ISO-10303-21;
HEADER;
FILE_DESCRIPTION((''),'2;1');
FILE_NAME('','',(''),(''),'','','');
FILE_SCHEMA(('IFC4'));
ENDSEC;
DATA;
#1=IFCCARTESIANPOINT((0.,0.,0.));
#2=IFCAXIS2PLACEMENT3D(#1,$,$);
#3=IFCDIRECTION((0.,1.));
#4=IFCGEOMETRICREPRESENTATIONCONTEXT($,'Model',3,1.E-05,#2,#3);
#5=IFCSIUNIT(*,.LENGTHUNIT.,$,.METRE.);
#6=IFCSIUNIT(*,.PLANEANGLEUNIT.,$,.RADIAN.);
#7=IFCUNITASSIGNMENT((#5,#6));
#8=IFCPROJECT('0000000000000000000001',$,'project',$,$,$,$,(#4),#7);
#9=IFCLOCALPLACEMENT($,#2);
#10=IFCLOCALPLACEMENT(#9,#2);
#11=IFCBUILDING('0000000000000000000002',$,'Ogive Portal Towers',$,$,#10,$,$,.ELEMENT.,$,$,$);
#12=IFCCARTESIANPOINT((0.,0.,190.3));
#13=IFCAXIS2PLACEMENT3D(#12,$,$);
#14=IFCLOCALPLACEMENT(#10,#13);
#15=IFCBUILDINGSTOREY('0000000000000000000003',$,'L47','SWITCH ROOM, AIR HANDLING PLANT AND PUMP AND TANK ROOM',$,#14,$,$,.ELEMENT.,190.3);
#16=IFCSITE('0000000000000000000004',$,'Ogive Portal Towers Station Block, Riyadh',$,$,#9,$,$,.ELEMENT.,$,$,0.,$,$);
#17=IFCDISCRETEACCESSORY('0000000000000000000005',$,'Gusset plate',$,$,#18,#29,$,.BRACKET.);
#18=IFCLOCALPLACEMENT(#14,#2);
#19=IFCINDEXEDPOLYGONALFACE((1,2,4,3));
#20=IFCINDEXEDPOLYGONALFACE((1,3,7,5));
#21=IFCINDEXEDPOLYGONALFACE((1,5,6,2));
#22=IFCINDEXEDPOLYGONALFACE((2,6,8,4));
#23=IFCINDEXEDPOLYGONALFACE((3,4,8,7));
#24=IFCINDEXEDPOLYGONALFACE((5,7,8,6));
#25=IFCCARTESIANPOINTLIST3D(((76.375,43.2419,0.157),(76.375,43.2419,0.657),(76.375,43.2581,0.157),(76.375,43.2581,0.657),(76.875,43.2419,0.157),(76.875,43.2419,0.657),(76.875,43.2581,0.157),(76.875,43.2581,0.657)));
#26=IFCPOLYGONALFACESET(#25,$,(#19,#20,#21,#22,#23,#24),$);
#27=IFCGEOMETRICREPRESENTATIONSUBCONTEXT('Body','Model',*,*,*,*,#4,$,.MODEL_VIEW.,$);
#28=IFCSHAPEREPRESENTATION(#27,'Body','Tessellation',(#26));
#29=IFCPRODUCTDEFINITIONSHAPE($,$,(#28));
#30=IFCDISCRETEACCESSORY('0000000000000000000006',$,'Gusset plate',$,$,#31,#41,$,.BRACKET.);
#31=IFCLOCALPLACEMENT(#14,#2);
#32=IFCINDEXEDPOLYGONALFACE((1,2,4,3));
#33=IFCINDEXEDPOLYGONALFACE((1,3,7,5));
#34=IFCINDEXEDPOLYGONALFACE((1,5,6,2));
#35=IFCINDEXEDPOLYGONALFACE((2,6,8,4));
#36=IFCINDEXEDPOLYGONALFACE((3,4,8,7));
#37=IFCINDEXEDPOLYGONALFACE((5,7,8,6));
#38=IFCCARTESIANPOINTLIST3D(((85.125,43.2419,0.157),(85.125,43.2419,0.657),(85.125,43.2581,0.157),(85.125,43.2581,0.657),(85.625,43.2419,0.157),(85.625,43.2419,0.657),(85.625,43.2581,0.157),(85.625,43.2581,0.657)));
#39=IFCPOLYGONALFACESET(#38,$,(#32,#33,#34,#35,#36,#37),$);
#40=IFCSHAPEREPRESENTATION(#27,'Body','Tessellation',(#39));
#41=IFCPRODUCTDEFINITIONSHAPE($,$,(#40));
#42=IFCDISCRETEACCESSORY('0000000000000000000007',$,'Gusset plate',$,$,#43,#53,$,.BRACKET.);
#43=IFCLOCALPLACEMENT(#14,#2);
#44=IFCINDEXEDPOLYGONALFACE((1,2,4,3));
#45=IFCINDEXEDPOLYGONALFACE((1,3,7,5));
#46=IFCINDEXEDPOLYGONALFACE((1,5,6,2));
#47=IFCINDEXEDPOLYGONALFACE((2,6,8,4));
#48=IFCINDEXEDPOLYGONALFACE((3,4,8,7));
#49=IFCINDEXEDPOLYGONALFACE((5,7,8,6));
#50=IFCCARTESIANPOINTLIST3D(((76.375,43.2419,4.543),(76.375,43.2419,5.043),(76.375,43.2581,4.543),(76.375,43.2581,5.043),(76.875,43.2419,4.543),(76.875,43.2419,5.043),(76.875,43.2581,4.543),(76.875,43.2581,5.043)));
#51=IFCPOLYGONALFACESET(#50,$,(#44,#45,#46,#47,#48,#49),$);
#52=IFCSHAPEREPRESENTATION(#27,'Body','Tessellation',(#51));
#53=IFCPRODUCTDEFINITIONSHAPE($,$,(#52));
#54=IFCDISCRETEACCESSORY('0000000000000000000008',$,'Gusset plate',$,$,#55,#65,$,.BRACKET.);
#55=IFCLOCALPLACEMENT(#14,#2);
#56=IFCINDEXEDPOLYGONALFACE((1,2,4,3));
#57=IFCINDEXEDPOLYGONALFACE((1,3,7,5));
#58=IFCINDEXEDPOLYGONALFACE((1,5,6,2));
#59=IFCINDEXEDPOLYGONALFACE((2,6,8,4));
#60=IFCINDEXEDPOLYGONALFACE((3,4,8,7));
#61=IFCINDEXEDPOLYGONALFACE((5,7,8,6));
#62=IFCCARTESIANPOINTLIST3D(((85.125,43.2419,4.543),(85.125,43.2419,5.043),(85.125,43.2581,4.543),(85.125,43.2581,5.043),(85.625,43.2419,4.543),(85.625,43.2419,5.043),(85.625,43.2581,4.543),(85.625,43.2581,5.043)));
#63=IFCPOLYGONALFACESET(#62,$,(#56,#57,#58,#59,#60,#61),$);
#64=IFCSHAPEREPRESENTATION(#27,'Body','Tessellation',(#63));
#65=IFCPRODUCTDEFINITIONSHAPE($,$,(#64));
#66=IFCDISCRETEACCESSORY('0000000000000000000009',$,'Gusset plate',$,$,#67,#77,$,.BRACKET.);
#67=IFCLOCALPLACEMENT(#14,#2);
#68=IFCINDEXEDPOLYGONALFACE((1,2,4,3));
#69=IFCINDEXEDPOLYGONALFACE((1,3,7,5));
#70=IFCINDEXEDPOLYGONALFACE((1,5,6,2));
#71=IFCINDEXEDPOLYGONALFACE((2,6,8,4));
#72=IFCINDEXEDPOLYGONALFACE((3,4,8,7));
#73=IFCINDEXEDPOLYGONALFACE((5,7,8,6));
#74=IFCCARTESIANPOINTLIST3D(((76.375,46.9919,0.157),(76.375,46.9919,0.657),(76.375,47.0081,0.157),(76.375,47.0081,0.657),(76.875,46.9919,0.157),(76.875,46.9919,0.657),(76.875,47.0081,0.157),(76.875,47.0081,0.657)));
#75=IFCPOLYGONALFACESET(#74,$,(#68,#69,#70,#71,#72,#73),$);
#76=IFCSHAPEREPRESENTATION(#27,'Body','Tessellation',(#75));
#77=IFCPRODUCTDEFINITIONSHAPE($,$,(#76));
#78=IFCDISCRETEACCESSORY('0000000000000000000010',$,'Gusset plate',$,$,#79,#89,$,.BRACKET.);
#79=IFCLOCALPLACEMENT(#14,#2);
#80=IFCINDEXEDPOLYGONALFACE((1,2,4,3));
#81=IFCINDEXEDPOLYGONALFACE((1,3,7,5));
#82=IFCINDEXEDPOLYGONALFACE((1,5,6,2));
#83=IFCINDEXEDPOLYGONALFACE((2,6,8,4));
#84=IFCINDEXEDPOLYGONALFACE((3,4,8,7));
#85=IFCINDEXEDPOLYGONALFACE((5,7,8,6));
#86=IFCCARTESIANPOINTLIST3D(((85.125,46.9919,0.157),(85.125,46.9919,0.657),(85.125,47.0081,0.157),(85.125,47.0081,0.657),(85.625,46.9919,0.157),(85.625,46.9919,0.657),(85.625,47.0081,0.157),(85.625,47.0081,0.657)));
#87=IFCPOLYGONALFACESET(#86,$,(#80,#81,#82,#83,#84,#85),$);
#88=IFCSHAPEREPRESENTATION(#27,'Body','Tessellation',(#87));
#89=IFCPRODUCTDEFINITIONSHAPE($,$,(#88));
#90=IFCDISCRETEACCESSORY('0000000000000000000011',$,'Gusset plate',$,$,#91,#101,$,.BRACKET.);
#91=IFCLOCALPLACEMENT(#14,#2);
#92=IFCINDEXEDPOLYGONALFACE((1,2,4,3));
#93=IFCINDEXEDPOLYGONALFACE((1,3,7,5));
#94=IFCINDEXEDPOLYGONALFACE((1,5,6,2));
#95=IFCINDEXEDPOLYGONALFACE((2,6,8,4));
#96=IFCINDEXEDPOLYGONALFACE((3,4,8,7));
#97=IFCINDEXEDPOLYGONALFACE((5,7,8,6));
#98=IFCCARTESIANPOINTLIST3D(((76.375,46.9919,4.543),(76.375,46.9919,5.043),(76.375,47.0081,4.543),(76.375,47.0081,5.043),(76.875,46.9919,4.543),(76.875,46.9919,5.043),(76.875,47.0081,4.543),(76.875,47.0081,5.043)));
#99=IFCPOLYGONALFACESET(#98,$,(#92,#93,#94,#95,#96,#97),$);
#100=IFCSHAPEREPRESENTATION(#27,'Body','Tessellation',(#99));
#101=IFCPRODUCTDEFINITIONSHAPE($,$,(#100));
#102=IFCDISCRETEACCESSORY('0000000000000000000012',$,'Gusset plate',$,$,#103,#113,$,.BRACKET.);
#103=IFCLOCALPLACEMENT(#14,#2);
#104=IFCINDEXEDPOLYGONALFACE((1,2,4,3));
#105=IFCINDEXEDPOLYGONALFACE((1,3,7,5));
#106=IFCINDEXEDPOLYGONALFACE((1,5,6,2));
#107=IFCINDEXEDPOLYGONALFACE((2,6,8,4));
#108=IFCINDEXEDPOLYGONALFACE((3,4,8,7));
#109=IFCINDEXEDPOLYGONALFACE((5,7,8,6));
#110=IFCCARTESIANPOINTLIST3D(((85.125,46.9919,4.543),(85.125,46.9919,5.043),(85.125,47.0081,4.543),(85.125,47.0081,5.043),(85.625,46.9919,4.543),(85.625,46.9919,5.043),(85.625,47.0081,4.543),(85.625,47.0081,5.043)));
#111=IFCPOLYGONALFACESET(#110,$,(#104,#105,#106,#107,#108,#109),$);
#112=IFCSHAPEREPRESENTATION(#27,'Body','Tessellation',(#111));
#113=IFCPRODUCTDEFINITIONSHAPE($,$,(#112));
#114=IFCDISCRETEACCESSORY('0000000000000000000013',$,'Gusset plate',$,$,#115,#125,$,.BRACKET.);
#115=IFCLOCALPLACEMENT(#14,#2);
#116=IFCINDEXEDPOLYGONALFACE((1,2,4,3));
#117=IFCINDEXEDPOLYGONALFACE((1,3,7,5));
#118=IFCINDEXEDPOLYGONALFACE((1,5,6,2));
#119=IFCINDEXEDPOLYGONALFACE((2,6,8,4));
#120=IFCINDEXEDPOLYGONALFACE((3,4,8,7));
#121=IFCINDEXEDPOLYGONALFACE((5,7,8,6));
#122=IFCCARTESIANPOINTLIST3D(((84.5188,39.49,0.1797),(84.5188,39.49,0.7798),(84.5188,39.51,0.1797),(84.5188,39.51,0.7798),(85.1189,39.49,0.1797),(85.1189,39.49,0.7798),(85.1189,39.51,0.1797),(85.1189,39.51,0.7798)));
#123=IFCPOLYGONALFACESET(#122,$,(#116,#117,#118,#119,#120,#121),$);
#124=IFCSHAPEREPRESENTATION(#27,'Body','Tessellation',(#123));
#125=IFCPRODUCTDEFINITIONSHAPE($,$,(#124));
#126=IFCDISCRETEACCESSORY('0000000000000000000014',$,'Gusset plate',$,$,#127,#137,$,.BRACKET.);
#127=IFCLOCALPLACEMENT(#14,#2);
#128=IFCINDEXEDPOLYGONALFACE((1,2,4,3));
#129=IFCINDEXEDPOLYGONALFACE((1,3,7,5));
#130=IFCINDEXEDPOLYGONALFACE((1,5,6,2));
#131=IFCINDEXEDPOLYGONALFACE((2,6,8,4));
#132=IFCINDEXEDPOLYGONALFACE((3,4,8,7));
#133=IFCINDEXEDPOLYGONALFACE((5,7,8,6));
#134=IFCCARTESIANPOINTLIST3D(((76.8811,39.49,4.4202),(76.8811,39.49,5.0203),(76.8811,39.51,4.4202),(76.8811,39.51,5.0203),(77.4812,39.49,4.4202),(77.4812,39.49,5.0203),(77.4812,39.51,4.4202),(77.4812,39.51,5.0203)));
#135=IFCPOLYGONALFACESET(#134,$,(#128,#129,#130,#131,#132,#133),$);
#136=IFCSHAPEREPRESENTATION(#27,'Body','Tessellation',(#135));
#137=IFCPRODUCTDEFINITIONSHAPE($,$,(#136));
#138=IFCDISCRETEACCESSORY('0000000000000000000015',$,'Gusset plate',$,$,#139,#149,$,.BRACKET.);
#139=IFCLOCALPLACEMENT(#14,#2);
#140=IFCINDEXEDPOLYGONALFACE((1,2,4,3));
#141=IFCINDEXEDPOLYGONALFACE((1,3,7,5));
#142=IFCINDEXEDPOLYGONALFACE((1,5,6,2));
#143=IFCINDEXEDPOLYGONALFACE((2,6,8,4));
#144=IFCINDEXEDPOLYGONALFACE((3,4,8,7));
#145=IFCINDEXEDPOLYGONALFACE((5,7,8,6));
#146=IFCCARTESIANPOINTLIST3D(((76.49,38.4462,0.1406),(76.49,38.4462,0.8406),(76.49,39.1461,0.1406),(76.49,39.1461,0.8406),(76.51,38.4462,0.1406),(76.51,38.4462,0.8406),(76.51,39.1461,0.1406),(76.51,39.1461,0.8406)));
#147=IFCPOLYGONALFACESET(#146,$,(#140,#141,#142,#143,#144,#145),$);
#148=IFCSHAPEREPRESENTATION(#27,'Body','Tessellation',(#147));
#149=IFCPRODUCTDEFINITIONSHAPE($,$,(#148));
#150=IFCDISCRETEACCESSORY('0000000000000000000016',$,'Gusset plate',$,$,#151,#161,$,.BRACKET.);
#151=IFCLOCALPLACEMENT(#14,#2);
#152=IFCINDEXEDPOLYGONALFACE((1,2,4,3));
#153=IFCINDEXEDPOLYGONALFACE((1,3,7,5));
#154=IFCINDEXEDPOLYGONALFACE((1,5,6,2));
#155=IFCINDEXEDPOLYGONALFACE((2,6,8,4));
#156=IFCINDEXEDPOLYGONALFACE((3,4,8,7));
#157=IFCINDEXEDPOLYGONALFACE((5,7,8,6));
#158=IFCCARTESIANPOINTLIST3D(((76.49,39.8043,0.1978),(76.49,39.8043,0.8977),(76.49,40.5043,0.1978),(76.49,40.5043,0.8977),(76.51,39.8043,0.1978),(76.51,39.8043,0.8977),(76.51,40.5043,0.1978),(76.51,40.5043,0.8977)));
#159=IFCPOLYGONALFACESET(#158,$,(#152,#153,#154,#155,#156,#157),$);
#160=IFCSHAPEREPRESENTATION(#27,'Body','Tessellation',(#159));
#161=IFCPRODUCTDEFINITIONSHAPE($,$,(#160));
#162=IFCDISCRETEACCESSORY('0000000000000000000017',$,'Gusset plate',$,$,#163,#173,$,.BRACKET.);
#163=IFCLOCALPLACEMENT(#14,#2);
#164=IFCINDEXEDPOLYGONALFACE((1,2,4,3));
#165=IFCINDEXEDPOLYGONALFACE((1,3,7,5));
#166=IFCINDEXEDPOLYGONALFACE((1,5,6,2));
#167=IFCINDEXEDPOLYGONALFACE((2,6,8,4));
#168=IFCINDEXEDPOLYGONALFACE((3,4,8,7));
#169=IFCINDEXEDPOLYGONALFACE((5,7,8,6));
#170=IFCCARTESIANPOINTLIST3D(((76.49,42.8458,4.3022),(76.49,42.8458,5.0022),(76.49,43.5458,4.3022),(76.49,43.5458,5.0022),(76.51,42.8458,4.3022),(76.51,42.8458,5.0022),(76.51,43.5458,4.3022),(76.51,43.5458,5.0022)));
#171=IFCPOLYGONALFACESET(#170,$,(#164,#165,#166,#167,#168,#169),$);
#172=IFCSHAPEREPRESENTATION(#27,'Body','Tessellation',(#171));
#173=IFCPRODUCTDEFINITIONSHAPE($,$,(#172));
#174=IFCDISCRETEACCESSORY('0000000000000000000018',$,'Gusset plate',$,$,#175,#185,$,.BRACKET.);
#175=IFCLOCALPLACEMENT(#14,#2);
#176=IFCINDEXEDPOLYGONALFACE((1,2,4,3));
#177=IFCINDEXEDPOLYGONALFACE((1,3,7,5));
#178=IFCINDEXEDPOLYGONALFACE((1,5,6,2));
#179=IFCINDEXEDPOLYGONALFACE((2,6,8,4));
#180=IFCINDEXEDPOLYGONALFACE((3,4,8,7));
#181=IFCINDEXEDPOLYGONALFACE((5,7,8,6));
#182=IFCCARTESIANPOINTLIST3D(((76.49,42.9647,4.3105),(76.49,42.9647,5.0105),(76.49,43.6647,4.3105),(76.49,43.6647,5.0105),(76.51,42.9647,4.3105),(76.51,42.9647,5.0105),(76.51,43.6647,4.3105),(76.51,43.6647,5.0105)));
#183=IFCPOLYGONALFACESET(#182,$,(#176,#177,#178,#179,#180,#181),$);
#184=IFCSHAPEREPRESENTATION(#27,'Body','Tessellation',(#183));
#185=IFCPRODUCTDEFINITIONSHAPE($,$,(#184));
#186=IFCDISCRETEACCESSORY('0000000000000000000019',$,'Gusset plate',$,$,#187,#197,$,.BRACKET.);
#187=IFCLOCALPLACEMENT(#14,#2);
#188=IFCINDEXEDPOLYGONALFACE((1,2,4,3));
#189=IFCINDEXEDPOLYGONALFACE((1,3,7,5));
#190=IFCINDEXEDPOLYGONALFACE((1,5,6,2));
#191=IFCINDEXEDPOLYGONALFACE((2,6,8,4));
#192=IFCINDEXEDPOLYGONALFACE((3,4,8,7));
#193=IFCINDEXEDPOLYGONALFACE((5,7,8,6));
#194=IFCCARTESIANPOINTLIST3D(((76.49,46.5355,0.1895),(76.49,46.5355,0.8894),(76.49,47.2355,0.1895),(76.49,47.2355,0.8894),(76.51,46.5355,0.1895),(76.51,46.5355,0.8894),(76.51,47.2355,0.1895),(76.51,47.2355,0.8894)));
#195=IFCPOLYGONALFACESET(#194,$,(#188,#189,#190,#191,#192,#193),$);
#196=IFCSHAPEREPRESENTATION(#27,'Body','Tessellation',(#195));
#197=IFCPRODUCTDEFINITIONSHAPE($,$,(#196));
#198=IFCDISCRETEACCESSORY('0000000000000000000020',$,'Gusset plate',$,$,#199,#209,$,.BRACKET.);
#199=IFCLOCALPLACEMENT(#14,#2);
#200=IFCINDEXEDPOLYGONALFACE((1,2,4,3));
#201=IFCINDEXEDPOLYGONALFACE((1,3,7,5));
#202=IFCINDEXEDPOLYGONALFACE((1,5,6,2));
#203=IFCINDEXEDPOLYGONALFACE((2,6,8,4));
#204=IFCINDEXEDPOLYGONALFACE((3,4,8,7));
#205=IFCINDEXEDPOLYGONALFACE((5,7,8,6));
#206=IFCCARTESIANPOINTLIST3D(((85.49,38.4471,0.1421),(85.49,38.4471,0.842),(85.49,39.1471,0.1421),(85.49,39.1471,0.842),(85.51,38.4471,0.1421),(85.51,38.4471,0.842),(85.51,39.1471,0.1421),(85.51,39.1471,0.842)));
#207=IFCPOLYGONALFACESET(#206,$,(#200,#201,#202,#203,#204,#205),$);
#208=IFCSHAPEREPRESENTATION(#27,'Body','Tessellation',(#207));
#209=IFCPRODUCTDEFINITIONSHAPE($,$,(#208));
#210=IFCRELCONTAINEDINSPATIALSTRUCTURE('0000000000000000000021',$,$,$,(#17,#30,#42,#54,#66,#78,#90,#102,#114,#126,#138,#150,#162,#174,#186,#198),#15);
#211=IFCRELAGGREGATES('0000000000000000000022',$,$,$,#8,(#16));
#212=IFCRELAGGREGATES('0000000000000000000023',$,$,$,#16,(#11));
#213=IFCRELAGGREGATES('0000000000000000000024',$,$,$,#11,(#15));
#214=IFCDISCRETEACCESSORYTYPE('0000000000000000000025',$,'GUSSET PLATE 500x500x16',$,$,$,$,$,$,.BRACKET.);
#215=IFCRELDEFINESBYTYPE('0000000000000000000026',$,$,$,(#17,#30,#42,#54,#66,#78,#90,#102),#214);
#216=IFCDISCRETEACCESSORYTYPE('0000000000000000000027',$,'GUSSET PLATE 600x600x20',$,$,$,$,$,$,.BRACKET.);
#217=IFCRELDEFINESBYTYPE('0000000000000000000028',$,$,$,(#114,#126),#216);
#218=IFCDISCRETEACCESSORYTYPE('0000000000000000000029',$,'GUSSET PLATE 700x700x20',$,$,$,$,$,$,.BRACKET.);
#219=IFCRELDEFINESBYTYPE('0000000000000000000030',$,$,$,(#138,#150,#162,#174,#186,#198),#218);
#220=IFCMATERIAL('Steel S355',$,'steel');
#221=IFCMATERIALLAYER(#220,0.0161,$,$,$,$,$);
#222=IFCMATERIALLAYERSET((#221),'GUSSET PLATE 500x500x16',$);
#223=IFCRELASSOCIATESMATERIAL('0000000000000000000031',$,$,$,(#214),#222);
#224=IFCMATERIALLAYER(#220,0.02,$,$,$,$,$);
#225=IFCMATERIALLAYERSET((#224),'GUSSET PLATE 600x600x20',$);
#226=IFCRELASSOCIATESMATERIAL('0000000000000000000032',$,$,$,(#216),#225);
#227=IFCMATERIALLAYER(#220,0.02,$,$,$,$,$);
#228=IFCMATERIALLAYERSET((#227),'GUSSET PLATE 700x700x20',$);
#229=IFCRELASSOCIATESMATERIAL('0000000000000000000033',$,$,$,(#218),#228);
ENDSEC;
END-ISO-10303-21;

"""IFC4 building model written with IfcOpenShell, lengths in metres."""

from ifc_helpers import new_model, si_unit, direction, frame, origin, origin_2d, place, context, subcontext, project, spatial, rectangle, extrude, material, layer, layer_set, type_object, element, save


model = new_model("IFC4")

# Units and contexts
model_context = context("Model", 3, precision=1e-05, world=origin(), true_north=direction((0.0, 1.0)))
body_context = subcontext(model_context, "Body", "Model", "MODEL_VIEW")
ifc_project = project(units=[si_unit("LENGTHUNIT", "METRE"), si_unit("PLANEANGLEUNIT", "RADIAN")], contexts=[model_context])

# Site, building, storey
site_placement = place(None, origin())
site = spatial("IfcSite", under=ifc_project, at=site_placement, Name="Ogive Portal Towers Station Block, Riyadh", CompositionType="ELEMENT", RefElevation=0.0)
building_placement = place(site_placement, origin())
building = spatial("IfcBuilding", under=site, at=building_placement, Name="Ogive Portal Towers", CompositionType="ELEMENT")
storey_placement = place(building_placement, frame((0.0, 0.0, 190.3)))
storey = spatial("IfcBuildingStorey", under=building, at=storey_placement, Name="L47", Description="SWITCH ROOM, AIR HANDLING PLANT AND PUMP AND TANK ROOM", CompositionType="ELEMENT", Elevation=190.3)

# Shared definitions
ifc_material_1 = material(Name="Steel S355", Category="steel")

# Discrete accessories
ifc_layer_1 = layer(ifc_material_1, 0.0161)
ifc_layer_set_1 = layer_set([ifc_layer_1], Name="GUSSET PLATE 500x500x16")
discrete_accessory_type_1 = type_object("IfcDiscreteAccessoryType", Name="GUSSET PLATE 500x500x16", PredefinedType="BRACKET", material=ifc_layer_set_1)
for number, where, z_axis, x_axis, name in (
    (1, (76.625, 43.25, 0.157), (0.0, 0.0, 1.0), (1.0, 0.0, 0.0), "Gusset plate"),
    (2, (85.375, 43.25, 0.157), (0.0, 0.0, 1.0), (1.0, 0.0, 0.0), "Gusset plate"),
    (3, (76.625, 43.25, 4.543), (0.0, 0.0, 1.0), (1.0, 0.0, 0.0), "Gusset plate"),
    (4, (85.375, 43.25, 4.543), (0.0, 0.0, 1.0), (1.0, 0.0, 0.0), "Gusset plate"),
    (5, (76.625, 47.0, 0.157), (0.0, 0.0, 1.0), (1.0, 0.0, 0.0), "Gusset plate"),
    (6, (85.375, 47.0, 0.157), (0.0, 0.0, 1.0), (1.0, 0.0, 0.0), "Gusset plate"),
    (7, (76.625, 47.0, 4.543), (0.0, 0.0, 1.0), (1.0, 0.0, 0.0), "Gusset plate"),
    (8, (85.375, 47.0, 4.543), (0.0, 0.0, 1.0), (1.0, 0.0, 0.0), "Gusset plate"),
):
    element("IfcDiscreteAccessory", number, at=place(storey_placement, frame(where, z_axis=z_axis, x_axis=x_axis)), inside=storey, type_object=discrete_accessory_type_1, Name=name, PredefinedType="BRACKET", context=body_context, shape_type="SweptSolid", body=[
        extrude(rectangle(XDim=0.5, YDim=0.0161, at=origin_2d()), origin(), (0.0, 0.0, 1.0), 0.5),
    ])
ifc_layer_2 = layer(ifc_material_1, 0.02)
ifc_layer_set_2 = layer_set([ifc_layer_2], Name="GUSSET PLATE 600x600x20")
discrete_accessory_type_2 = type_object("IfcDiscreteAccessoryType", Name="GUSSET PLATE 600x600x20", PredefinedType="BRACKET", material=ifc_layer_set_2)
for number, where, z_axis, x_axis, name in (
    (9, (84.8188, 39.5, 0.1797), (0.0, 0.0, 1.0), (-1.0, 0.0, 0.0), "Gusset plate"),
    (10, (77.1812, 39.5, 4.4202), (0.0, 0.0, 1.0), (-1.0, 0.0, 0.0), "Gusset plate"),
):
    element("IfcDiscreteAccessory", number, at=place(storey_placement, frame(where, z_axis=z_axis, x_axis=x_axis)), inside=storey, type_object=discrete_accessory_type_2, Name=name, PredefinedType="BRACKET", context=body_context, shape_type="SweptSolid", body=[
        extrude(rectangle(XDim=0.6001, YDim=0.02, at=origin_2d()), origin(), (0.0, 0.0, 1.0), 0.6001),
    ])
ifc_layer_3 = layer(ifc_material_1, 0.02)
ifc_layer_set_3 = layer_set([ifc_layer_3], Name="GUSSET PLATE 700x700x20")
discrete_accessory_type_3 = type_object("IfcDiscreteAccessoryType", Name="GUSSET PLATE 700x700x20", PredefinedType="BRACKET", material=ifc_layer_set_3)
for number, where, z_axis, x_axis, name in (
    (11, (76.5, 38.7961, 0.1406), (0.0, 0.0, 1.0), (0.0, 1.0, 0.0), "Gusset plate"),
    (12, (76.5, 40.1543, 0.1978), (0.0, 0.0, 1.0), (0.0, 1.0, 0.0), "Gusset plate"),
    (13, (76.5, 43.1958, 4.3022), (0.0, 0.0, 1.0), (0.0, 1.0, 0.0), "Gusset plate"),
    (14, (76.5, 43.3147, 4.3105), (0.0, 0.0, 1.0), (0.0, 1.0, 0.0), "Gusset plate"),
    (15, (76.5, 46.8855, 0.1895), (0.0, 0.0, 1.0), (0.0, 1.0, 0.0), "Gusset plate"),
    (16, (85.5, 38.7971, 0.1421), (0.0, 0.0, 1.0), (0.0, 1.0, 0.0), "Gusset plate"),
):
    element("IfcDiscreteAccessory", number, at=place(storey_placement, frame(where, z_axis=z_axis, x_axis=x_axis)), inside=storey, type_object=discrete_accessory_type_3, Name=name, PredefinedType="BRACKET", context=body_context, shape_type="SweptSolid", body=[
        extrude(rectangle(XDim=0.7, YDim=0.02, at=origin_2d()), origin(), (0.0, 0.0, 1.0), 0.7),
    ])

save(model, "model.ifc")
